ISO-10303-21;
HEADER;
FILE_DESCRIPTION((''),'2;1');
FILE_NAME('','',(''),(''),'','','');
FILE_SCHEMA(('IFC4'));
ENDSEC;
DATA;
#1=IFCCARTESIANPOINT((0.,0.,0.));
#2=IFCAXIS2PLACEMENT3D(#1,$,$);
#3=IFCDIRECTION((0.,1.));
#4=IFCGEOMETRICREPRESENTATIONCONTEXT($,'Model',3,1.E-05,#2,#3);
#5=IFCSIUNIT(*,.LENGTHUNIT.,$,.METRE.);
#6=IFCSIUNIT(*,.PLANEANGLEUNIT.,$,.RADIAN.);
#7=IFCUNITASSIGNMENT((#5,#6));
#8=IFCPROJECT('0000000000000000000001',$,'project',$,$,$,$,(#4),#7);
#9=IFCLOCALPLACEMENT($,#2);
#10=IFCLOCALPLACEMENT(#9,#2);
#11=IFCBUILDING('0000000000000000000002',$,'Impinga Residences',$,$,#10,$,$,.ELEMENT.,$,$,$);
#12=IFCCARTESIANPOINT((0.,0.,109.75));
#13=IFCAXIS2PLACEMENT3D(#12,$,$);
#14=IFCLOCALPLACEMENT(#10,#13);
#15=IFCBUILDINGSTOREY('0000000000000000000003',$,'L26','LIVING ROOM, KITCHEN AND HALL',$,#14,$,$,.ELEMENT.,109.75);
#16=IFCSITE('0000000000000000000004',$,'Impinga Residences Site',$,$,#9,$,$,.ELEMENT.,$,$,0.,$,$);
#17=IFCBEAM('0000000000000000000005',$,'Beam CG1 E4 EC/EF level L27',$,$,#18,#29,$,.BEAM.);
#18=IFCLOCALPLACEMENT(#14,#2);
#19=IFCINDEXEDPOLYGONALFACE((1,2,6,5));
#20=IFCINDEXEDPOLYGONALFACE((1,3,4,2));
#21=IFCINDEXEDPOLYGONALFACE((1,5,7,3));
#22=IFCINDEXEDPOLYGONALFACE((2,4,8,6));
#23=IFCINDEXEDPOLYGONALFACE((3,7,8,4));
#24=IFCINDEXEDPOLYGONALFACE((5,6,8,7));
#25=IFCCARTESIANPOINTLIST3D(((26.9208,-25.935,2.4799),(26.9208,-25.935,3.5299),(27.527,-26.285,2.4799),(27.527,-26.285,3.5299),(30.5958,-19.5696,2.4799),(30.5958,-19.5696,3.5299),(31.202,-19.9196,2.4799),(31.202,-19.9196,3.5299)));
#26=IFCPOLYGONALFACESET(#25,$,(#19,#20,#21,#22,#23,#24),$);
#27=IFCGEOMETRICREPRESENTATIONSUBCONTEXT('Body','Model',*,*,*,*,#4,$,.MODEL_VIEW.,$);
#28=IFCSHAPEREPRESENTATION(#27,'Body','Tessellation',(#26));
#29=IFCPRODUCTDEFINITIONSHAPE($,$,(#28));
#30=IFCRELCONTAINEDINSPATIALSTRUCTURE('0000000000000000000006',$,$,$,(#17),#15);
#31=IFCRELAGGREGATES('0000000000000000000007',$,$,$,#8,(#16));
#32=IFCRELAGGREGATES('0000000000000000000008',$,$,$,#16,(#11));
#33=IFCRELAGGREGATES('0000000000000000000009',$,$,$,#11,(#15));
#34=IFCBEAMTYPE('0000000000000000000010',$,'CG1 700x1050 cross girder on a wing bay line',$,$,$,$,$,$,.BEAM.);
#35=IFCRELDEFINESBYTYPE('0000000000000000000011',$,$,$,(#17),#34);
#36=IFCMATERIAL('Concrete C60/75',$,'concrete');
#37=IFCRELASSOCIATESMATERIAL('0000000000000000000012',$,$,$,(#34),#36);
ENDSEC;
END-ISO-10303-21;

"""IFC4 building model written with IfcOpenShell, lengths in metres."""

from ifc_helpers import new_model, si_unit, direction, frame, origin, origin_2d, place, context, subcontext, project, spatial, rectangle, extrude, material, material_profile, profile_set, type_object, element, save


model = new_model("IFC4")

# Units and contexts
model_context = context("Model", 3, precision=1e-05, world=origin(), true_north=direction((0.0, 1.0)))
body_context = subcontext(model_context, "Body", "Model", "MODEL_VIEW")
ifc_project = project(units=[si_unit("LENGTHUNIT", "METRE"), si_unit("PLANEANGLEUNIT", "RADIAN")], contexts=[model_context])

# Site, building, storey
site_placement = place(None, origin())
site = spatial("IfcSite", under=ifc_project, at=site_placement, Name="Impinga Residences Site", CompositionType="ELEMENT", RefElevation=0.0)
building_placement = place(site_placement, origin())
building = spatial("IfcBuilding", under=site, at=building_placement, Name="Impinga Residences", CompositionType="ELEMENT")
storey_placement = place(building_placement, frame((0.0, 0.0, 109.75)))
storey = spatial("IfcBuildingStorey", under=building, at=storey_placement, Name="L26", Description="LIVING ROOM, KITCHEN AND HALL", CompositionType="ELEMENT", Elevation=109.75)

# Beam
ifc_material_1 = material(Name="Concrete C60/75", Category="concrete")
ifc_material_profile = material_profile(ifc_material_1, rectangle(XDim=0.7, YDim=1.05, at=origin_2d()), Name="RC 700x1050")
ifc_profile_set = profile_set([ifc_material_profile], Name="Concrete C60/75")
beam_type = type_object("IfcBeamType", Name="CG1 700x1050 cross girder on a wing bay line", PredefinedType="BEAM", material=ifc_profile_set)
beam_placement = place(storey_placement, frame((30.8989, -19.7446, 3.0049), z_axis=(-0.499994, -0.866029, 0.0), x_axis=(0.866029, -0.499994, 0.0)))
element("IfcBeam", 1, at=beam_placement, inside=storey, type_object=beam_type, Name="Beam CG1 E4 EC/EF level L27", PredefinedType="BEAM", context=body_context, shape_type="SweptSolid", body=[
    extrude(rectangle(XDim=0.7, YDim=1.05, at=origin_2d()), origin(), (0.0, 0.0, 1.0), 7.3501),
])

save(model, "model.ifc")
